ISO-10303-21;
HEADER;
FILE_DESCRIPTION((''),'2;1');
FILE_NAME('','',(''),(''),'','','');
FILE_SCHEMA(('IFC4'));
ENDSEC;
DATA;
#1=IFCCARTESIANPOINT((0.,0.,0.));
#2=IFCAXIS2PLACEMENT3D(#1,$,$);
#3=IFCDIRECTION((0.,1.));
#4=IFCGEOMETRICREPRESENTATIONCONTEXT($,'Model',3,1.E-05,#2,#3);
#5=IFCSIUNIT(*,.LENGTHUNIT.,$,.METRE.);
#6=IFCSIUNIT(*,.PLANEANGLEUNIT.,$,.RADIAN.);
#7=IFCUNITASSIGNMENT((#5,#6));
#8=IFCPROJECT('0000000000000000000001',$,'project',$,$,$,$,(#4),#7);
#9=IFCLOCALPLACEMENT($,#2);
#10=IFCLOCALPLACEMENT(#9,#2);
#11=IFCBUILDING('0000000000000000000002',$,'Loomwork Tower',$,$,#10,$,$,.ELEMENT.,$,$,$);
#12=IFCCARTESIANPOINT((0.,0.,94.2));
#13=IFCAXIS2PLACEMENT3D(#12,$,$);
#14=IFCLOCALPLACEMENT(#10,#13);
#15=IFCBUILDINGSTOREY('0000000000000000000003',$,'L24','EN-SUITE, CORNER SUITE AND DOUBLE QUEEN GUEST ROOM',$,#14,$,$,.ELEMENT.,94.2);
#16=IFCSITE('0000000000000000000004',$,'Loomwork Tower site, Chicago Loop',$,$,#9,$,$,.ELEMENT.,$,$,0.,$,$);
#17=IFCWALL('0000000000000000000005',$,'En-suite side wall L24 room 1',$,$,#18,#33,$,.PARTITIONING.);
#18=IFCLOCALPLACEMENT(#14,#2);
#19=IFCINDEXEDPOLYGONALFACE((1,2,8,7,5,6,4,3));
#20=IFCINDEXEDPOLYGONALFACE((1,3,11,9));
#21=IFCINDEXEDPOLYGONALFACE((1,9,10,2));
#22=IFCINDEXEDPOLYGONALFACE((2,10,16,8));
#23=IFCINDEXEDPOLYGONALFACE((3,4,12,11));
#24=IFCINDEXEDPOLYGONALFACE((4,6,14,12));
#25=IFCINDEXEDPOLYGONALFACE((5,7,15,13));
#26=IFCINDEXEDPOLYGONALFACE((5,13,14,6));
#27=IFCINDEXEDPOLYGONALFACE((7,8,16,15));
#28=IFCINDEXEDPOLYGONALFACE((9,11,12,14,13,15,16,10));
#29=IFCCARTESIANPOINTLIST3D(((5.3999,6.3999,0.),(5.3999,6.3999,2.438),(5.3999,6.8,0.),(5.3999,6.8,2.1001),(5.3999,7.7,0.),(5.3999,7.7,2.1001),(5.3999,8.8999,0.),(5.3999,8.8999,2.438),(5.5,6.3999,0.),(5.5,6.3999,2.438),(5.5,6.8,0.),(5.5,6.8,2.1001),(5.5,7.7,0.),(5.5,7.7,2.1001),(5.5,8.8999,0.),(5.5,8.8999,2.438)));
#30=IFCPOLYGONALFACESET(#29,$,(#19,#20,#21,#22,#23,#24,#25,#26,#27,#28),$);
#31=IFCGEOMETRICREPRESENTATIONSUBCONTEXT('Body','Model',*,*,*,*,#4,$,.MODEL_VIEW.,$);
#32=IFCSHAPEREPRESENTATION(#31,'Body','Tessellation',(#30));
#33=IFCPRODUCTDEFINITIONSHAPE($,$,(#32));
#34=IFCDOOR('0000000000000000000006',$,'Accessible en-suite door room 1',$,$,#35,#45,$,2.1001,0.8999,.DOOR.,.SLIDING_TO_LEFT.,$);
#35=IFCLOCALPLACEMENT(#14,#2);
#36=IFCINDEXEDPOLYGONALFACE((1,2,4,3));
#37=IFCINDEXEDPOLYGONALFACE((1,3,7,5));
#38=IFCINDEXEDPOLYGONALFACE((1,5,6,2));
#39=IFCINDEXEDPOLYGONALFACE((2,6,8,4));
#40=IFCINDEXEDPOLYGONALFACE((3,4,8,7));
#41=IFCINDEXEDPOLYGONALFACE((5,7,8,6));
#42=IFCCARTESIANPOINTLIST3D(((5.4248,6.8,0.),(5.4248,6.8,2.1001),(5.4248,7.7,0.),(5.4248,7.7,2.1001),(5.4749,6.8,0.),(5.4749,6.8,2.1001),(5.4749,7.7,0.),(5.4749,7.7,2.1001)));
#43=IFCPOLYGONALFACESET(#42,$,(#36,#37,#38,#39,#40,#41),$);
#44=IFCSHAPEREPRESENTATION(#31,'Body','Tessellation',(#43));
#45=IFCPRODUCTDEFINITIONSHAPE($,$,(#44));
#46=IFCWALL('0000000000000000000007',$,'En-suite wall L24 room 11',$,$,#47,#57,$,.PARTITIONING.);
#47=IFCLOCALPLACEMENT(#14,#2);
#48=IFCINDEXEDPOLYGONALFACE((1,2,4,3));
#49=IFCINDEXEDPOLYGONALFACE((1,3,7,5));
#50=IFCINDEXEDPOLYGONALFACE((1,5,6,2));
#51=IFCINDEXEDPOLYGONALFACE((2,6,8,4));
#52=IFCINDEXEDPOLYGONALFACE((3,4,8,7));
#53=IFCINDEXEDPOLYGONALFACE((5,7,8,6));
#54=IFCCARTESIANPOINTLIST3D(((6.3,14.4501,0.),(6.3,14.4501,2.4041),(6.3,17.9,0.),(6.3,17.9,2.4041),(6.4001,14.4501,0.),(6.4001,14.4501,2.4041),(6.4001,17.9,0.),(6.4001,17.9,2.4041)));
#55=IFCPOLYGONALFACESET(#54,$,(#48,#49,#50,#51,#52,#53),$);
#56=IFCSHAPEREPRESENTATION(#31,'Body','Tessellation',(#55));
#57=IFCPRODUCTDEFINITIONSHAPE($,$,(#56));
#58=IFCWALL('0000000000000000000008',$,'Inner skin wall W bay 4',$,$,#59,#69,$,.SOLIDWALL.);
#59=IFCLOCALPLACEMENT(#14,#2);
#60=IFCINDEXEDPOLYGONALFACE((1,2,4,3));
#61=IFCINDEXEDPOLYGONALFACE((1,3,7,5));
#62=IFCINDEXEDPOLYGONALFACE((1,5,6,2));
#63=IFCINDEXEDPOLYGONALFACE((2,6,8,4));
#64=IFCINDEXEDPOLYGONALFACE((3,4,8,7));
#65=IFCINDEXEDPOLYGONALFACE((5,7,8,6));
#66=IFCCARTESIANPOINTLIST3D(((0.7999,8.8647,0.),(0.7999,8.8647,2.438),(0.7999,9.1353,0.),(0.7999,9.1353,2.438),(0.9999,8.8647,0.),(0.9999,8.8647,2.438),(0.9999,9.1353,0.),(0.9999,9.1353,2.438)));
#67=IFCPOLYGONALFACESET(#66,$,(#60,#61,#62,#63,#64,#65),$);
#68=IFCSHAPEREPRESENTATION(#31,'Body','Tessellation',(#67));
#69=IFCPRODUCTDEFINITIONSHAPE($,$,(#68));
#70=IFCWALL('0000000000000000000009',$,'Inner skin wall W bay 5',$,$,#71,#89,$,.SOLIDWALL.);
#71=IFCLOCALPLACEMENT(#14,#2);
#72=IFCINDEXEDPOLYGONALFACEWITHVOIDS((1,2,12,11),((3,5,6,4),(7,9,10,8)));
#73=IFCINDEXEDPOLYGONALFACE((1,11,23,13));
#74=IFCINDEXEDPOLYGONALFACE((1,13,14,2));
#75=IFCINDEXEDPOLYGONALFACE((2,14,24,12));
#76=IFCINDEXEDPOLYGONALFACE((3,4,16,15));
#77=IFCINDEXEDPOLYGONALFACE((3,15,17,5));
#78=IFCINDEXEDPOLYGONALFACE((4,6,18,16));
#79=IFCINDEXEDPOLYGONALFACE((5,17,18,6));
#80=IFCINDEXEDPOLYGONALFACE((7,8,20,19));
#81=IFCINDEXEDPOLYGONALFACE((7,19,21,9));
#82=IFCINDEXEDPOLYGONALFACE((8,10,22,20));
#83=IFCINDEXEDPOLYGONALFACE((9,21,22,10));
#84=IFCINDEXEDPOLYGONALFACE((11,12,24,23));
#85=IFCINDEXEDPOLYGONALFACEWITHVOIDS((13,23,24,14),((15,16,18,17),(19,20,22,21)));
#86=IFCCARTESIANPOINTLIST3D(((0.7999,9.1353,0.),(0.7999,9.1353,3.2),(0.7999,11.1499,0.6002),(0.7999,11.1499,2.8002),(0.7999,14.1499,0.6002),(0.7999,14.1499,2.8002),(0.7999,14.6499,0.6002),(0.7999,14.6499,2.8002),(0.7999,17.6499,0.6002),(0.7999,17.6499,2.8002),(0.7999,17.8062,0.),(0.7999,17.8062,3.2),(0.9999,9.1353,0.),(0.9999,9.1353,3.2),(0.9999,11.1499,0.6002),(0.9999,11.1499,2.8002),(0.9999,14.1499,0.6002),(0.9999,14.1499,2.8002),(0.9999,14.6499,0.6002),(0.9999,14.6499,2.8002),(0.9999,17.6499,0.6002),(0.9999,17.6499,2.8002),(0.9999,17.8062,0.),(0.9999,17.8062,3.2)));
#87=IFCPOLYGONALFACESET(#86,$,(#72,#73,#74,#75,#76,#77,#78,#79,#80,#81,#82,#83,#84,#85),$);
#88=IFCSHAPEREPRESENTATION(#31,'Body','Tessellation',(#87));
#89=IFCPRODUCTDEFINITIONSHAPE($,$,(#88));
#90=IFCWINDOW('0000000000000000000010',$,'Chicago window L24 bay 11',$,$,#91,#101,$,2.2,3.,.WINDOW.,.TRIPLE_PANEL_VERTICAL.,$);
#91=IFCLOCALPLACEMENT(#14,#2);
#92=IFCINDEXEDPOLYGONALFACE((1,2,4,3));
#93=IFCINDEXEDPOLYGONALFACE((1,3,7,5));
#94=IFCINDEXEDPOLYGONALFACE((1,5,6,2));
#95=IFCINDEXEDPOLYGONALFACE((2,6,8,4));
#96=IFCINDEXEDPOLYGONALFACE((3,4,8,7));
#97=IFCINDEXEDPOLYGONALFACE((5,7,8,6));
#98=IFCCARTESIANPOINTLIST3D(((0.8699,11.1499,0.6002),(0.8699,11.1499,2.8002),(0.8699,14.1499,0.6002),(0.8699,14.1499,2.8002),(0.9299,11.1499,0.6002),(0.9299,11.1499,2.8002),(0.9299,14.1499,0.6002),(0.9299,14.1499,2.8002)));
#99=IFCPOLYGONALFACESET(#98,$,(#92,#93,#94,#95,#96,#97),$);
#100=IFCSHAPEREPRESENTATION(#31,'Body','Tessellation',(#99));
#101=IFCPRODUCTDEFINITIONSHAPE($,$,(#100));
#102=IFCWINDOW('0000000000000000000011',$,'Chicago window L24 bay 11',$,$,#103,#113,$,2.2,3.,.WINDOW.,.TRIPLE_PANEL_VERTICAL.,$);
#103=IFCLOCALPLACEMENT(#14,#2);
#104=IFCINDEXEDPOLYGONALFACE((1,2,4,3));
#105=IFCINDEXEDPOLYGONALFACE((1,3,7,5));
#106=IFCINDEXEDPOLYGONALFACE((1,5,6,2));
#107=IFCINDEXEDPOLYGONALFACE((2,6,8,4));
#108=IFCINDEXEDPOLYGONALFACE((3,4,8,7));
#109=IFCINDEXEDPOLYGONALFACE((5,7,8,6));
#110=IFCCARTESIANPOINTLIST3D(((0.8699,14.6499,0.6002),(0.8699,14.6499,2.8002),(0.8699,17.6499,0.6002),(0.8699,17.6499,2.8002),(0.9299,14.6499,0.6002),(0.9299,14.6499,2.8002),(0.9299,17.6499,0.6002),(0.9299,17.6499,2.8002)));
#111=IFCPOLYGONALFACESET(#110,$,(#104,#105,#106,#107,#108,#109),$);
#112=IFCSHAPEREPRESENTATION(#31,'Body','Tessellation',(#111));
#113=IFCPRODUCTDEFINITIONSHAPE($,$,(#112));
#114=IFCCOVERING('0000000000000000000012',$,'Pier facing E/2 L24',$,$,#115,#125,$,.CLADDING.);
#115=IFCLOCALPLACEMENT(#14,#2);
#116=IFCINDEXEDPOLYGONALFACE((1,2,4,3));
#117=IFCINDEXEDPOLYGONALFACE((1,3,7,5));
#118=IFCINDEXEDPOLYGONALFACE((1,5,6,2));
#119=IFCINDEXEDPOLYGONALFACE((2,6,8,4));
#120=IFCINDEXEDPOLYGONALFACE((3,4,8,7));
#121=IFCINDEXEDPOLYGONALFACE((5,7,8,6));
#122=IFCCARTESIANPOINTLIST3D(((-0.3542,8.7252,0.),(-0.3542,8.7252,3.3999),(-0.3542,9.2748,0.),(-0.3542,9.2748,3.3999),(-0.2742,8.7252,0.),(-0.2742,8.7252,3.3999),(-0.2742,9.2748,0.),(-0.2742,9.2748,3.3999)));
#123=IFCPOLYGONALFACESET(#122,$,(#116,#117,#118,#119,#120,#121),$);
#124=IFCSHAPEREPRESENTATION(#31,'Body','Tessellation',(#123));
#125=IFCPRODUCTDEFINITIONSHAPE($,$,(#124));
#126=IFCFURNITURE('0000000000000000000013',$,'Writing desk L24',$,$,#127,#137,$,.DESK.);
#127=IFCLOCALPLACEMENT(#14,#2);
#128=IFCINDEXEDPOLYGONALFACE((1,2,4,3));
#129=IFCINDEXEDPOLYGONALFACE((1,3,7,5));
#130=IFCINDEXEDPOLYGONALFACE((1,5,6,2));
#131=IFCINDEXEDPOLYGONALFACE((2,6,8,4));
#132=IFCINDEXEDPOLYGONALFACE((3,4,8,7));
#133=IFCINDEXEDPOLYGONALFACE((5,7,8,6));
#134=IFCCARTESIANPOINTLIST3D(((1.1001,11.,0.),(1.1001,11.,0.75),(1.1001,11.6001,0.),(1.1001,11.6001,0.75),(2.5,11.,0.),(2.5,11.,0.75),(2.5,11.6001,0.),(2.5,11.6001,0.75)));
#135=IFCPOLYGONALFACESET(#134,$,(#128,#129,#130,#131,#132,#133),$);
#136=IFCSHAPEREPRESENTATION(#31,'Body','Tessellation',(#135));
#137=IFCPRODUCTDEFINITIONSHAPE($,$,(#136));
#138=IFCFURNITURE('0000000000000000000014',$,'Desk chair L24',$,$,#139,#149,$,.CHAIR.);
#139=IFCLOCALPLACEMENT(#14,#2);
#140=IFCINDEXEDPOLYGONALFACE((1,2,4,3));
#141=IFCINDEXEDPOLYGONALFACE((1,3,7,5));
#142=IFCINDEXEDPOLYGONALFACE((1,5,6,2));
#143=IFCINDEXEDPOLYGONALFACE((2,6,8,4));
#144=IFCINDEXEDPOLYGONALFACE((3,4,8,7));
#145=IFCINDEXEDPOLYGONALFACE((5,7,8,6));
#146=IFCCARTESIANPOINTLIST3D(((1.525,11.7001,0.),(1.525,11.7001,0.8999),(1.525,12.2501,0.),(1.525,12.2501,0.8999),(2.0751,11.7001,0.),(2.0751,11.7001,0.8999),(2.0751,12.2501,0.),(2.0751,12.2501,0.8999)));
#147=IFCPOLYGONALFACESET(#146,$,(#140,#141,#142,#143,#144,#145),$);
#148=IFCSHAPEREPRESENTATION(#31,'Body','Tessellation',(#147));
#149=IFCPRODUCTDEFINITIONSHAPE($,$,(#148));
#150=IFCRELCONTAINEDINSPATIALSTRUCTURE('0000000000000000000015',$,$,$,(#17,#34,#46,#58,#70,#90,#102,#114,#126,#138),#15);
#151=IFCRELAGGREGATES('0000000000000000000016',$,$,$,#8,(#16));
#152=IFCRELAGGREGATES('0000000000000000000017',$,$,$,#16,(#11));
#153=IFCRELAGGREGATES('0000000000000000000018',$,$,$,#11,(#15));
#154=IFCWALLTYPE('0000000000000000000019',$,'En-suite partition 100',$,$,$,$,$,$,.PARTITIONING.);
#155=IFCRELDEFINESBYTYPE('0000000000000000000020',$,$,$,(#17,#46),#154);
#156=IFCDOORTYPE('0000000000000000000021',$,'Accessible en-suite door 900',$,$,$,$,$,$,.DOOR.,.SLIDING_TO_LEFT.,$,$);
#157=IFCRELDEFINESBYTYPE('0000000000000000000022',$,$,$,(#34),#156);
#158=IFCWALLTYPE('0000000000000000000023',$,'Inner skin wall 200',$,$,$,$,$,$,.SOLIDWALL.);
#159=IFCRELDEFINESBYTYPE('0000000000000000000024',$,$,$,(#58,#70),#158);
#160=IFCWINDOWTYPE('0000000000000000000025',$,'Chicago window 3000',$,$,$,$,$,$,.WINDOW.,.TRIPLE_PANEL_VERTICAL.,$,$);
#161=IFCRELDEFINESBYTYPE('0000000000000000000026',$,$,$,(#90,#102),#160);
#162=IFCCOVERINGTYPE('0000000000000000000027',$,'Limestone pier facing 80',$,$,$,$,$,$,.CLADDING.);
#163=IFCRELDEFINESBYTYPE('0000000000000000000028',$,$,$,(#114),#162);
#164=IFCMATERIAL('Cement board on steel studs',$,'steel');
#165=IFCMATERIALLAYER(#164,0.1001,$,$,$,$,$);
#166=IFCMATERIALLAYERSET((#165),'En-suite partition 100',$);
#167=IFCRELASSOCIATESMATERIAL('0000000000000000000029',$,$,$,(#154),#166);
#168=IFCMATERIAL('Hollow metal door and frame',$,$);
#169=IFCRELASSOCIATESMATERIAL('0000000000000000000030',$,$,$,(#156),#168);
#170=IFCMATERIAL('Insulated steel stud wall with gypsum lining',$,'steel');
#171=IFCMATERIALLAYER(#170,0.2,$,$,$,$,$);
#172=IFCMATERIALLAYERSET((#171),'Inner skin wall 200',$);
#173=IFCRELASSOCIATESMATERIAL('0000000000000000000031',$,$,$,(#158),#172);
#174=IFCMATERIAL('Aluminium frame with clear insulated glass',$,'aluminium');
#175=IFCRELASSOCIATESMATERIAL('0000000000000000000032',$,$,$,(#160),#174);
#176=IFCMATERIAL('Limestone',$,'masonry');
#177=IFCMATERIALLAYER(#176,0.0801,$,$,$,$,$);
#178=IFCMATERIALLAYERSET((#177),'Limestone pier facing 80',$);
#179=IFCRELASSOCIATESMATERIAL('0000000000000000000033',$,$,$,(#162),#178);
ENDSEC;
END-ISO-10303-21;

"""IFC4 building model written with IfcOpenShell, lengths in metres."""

from ifc_helpers import new_model, si_unit, direction, frame, frame_2d, origin, origin_2d, place, context, subcontext, project, spatial, rectangle, extrude, material, layer, layer_set, type_object, element, fill, save


model = new_model("IFC4")

# Units and contexts
model_context = context("Model", 3, precision=1e-05, world=origin(), true_north=direction((0.0, 1.0)))
body_context = subcontext(model_context, "Body", "Model", "MODEL_VIEW")
ifc_project = project(units=[si_unit("LENGTHUNIT", "METRE"), si_unit("PLANEANGLEUNIT", "RADIAN")], contexts=[model_context])

# Site, building, storey
site_placement = place(None, origin())
site = spatial("IfcSite", under=ifc_project, at=site_placement, Name="Loomwork Tower site, Chicago Loop", CompositionType="ELEMENT", RefElevation=0.0)
building_placement = place(site_placement, origin())
building = spatial("IfcBuilding", under=site, at=building_placement, Name="Loomwork Tower", CompositionType="ELEMENT")
storey_placement = place(building_placement, frame((0.0, 0.0, 94.2)))
storey = spatial("IfcBuildingStorey", under=building, at=storey_placement, Name="L24", Description="EN-SUITE, CORNER SUITE AND DOUBLE QUEEN GUEST ROOM", CompositionType="ELEMENT", Elevation=94.2)

# Wall, opening, door
ifc_material_1 = material(Name="Cement board on steel studs", Category="steel")
ifc_layer_1 = layer(ifc_material_1, 0.1001)
ifc_layer_set_1 = layer_set([ifc_layer_1], Name="En-suite partition 100")
wall_type_1 = type_object("IfcWallType", Name="En-suite partition 100", PredefinedType="PARTITIONING", material=ifc_layer_set_1)
wall_1_placement = place(storey_placement, frame((5.45, 8.8999, 0.0), z_axis=(0.0, 0.0, 1.0), x_axis=(0.0, -1.0, 0.0)))
wall_1 = element("IfcWall", 1, at=wall_1_placement, inside=storey, type_object=wall_type_1, Name="En-suite side wall L24 room 1", PredefinedType="PARTITIONING", context=body_context, shape_type="SweptSolid", body=[
    extrude(rectangle(XDim=2.5, YDim=0.1001, at=frame_2d((1.25, 0.0))), origin(), (0.0, 0.0, 1.0), 2.438),
])
opening_1_placement = place(wall_1_placement, frame((1.2, 0.0, 0.0)))
opening_1 = element("IfcOpeningElement", 2, at=opening_1_placement, cuts=wall_1, PredefinedType="OPENING", context=body_context, shape_type="SweptSolid", body=[
    extrude(rectangle(XDim=0.8999, YDim=2.1001, at=frame_2d((0.45, 1.05))), frame((0.0, 0.0601, 0.0), z_axis=(0.0, -1.0, 0.0), x_axis=(1.0, 0.0, 0.0)), (0.0, 0.0, 1.0), 0.1201),
])
ifc_material_2 = material(Name="Hollow metal door and frame")
door_type_1 = type_object("IfcDoorType", Name="Accessible en-suite door 900", OperationType="SLIDING_TO_LEFT", PredefinedType="DOOR", material=ifc_material_2)
door_1_placement = place(opening_1_placement, origin())
door_1 = element("IfcDoor", 3, at=door_1_placement, inside=storey, type_object=door_type_1, Name="Accessible en-suite door room 1", OperationType="SLIDING_TO_LEFT", OverallHeight=2.1001, OverallWidth=0.8999, PredefinedType="DOOR", context=body_context, shape_type="SweptSolid", body=[
    extrude(rectangle(XDim=0.8999, YDim=2.1001, at=frame_2d((0.45, 1.05))), frame((0.0, 0.0249, 0.0), z_axis=(0.0, -1.0, 0.0), x_axis=(1.0, 0.0, 0.0)), (0.0, 0.0, 1.0), 0.05),
])
fill(opening_1, door_1)

# Walls
wall_2_placement = place(storey_placement, frame((6.3501, 14.45, 0.0), z_axis=(0.0, 0.0, 1.0), x_axis=(0.0, 1.0, 0.0)))
element("IfcWall", 4, at=wall_2_placement, inside=storey, type_object=wall_type_1, Name="En-suite wall L24 room 11", PredefinedType="PARTITIONING", context=body_context, shape_type="SweptSolid", body=[
    extrude(rectangle(XDim=3.45, YDim=0.1001, at=frame_2d((1.7251, 0.0))), origin(), (0.0, 0.0, 1.0), 2.4041),
])
ifc_material_3 = material(Name="Insulated steel stud wall with gypsum lining", Category="steel")
ifc_layer_2 = layer(ifc_material_3, 0.2)
ifc_layer_set_2 = layer_set([ifc_layer_2], Name="Inner skin wall 200")
wall_type_2 = type_object("IfcWallType", Name="Inner skin wall 200", PredefinedType="SOLIDWALL", material=ifc_layer_set_2)
wall_3_placement = place(storey_placement, frame((0.8999, 8.8647, 0.0), z_axis=(0.0, 0.0, 1.0), x_axis=(0.0, 1.0, 0.0)))
element("IfcWall", 5, at=wall_3_placement, inside=storey, type_object=wall_type_2, Name="Inner skin wall W bay 4", PredefinedType="SOLIDWALL", context=body_context, shape_type="SweptSolid", body=[
    extrude(rectangle(XDim=0.2705, YDim=0.2, at=frame_2d((0.1353, 0.0))), origin(), (0.0, 0.0, 1.0), 2.438),
])

# Wall, openings, windows
wall_4_placement = place(storey_placement, frame((0.8999, 9.1353, 0.0), z_axis=(0.0, 0.0, 1.0), x_axis=(0.0, 1.0, 0.0)))
wall_4 = element("IfcWall", 6, at=wall_4_placement, inside=storey, type_object=wall_type_2, Name="Inner skin wall W bay 5", PredefinedType="SOLIDWALL", context=body_context, shape_type="SweptSolid", body=[
    extrude(rectangle(XDim=8.6709, YDim=0.2, at=frame_2d((4.3354, 0.0))), origin(), (0.0, 0.0, 1.0), 3.2),
])
opening_2_placement = place(wall_4_placement, frame((2.0146, 0.0, 0.6001)))
opening_2 = element("IfcOpeningElement", 7, at=opening_2_placement, cuts=wall_4, PredefinedType="OPENING", context=body_context, shape_type="SweptSolid", body=[
    extrude(rectangle(XDim=3.0, YDim=2.2, at=frame_2d((1.5, 1.1001))), frame((0.0, 0.1099, 0.0), z_axis=(0.0, -1.0, 0.0), x_axis=(1.0, 0.0, 0.0)), (0.0, 0.0, 1.0), 0.22),
])
opening_3_placement = place(wall_4_placement, frame((5.5146, 0.0, 0.6001)))
opening_3 = element("IfcOpeningElement", 8, at=opening_3_placement, cuts=wall_4, PredefinedType="OPENING", context=body_context, shape_type="SweptSolid", body=[
    extrude(rectangle(XDim=3.0, YDim=2.2, at=frame_2d((1.5, 1.1001))), frame((0.0, 0.1099, 0.0), z_axis=(0.0, -1.0, 0.0), x_axis=(1.0, 0.0, 0.0)), (0.0, 0.0, 1.0), 0.22),
])
ifc_material_4 = material(Name="Aluminium frame with clear insulated glass", Category="aluminium")
window_type = type_object("IfcWindowType", Name="Chicago window 3000", PartitioningType="TRIPLE_PANEL_VERTICAL", PredefinedType="WINDOW", material=ifc_material_4)
window_1_placement = place(opening_2_placement, origin())
window_1 = element("IfcWindow", 9, at=window_1_placement, inside=storey, type_object=window_type, Name="Chicago window L24 bay 11", OverallHeight=2.2, OverallWidth=3.0, PartitioningType="TRIPLE_PANEL_VERTICAL", PredefinedType="WINDOW", context=body_context, shape_type="SweptSolid", body=[
    extrude(rectangle(XDim=3.0, YDim=2.2, at=frame_2d((1.5, 1.1001))), frame((0.0, 0.03, 0.0), z_axis=(0.0, -1.0, 0.0), x_axis=(1.0, 0.0, 0.0)), (0.0, 0.0, 1.0), 0.0601),
])
fill(opening_2, window_1)
window_2_placement = place(opening_3_placement, origin())
window_2 = element("IfcWindow", 10, at=window_2_placement, inside=storey, type_object=window_type, Name="Chicago window L24 bay 11", OverallHeight=2.2, OverallWidth=3.0, PartitioningType="TRIPLE_PANEL_VERTICAL", PredefinedType="WINDOW", context=body_context, shape_type="SweptSolid", body=[
    extrude(rectangle(XDim=3.0, YDim=2.2, at=frame_2d((1.5, 1.1001))), frame((0.0, 0.03, 0.0), z_axis=(0.0, -1.0, 0.0), x_axis=(1.0, 0.0, 0.0)), (0.0, 0.0, 1.0), 0.0601),
])
fill(opening_3, window_2)

# Covering
ifc_material_5 = material(Name="Limestone", Category="masonry")
ifc_layer_3 = layer(ifc_material_5, 0.0801)
ifc_layer_set_3 = layer_set([ifc_layer_3], Name="Limestone pier facing 80")
covering_type = type_object("IfcCoveringType", Name="Limestone pier facing 80", PredefinedType="CLADDING", material=ifc_layer_set_3)
covering_placement = place(storey_placement, frame((-0.3142, 9.0, 0.0), z_axis=(0.0, 0.0, 1.0), x_axis=(1.0, 0.0, 0.0)))
element("IfcCovering", 11, at=covering_placement, inside=storey, type_object=covering_type, Name="Pier facing E/2 L24", PredefinedType="CLADDING", context=body_context, shape_type="SweptSolid", body=[
    extrude(rectangle(XDim=0.0801, YDim=0.5496, at=origin_2d()), origin(), (0.0, 0.0, 1.0), 3.3999),
])

# Furniture
furniture_1_placement = place(storey_placement, frame((1.8, 11.3, 0.0), z_axis=(0.0, 0.0, 1.0), x_axis=(1.0, 0.0, 0.0)))
element("IfcFurniture", 12, at=furniture_1_placement, inside=storey, Name="Writing desk L24", PredefinedType="DESK", context=body_context, shape_type="SweptSolid", body=[
    extrude(rectangle(XDim=1.3999, YDim=0.6001, at=origin_2d()), origin(), (0.0, 0.0, 1.0), 0.75),
])
furniture_2_placement = place(storey_placement, frame((1.8, 11.9751, 0.0), z_axis=(0.0, 0.0, 1.0), x_axis=(1.0, 0.0, 0.0)))
element("IfcFurniture", 13, at=furniture_2_placement, inside=storey, Name="Desk chair L24", PredefinedType="CHAIR", context=body_context, shape_type="SweptSolid", body=[
    extrude(rectangle(XDim=0.55, YDim=0.55, at=origin_2d()), origin(), (0.0, 0.0, 1.0), 0.8999),
])

save(model, "model.ifc")
